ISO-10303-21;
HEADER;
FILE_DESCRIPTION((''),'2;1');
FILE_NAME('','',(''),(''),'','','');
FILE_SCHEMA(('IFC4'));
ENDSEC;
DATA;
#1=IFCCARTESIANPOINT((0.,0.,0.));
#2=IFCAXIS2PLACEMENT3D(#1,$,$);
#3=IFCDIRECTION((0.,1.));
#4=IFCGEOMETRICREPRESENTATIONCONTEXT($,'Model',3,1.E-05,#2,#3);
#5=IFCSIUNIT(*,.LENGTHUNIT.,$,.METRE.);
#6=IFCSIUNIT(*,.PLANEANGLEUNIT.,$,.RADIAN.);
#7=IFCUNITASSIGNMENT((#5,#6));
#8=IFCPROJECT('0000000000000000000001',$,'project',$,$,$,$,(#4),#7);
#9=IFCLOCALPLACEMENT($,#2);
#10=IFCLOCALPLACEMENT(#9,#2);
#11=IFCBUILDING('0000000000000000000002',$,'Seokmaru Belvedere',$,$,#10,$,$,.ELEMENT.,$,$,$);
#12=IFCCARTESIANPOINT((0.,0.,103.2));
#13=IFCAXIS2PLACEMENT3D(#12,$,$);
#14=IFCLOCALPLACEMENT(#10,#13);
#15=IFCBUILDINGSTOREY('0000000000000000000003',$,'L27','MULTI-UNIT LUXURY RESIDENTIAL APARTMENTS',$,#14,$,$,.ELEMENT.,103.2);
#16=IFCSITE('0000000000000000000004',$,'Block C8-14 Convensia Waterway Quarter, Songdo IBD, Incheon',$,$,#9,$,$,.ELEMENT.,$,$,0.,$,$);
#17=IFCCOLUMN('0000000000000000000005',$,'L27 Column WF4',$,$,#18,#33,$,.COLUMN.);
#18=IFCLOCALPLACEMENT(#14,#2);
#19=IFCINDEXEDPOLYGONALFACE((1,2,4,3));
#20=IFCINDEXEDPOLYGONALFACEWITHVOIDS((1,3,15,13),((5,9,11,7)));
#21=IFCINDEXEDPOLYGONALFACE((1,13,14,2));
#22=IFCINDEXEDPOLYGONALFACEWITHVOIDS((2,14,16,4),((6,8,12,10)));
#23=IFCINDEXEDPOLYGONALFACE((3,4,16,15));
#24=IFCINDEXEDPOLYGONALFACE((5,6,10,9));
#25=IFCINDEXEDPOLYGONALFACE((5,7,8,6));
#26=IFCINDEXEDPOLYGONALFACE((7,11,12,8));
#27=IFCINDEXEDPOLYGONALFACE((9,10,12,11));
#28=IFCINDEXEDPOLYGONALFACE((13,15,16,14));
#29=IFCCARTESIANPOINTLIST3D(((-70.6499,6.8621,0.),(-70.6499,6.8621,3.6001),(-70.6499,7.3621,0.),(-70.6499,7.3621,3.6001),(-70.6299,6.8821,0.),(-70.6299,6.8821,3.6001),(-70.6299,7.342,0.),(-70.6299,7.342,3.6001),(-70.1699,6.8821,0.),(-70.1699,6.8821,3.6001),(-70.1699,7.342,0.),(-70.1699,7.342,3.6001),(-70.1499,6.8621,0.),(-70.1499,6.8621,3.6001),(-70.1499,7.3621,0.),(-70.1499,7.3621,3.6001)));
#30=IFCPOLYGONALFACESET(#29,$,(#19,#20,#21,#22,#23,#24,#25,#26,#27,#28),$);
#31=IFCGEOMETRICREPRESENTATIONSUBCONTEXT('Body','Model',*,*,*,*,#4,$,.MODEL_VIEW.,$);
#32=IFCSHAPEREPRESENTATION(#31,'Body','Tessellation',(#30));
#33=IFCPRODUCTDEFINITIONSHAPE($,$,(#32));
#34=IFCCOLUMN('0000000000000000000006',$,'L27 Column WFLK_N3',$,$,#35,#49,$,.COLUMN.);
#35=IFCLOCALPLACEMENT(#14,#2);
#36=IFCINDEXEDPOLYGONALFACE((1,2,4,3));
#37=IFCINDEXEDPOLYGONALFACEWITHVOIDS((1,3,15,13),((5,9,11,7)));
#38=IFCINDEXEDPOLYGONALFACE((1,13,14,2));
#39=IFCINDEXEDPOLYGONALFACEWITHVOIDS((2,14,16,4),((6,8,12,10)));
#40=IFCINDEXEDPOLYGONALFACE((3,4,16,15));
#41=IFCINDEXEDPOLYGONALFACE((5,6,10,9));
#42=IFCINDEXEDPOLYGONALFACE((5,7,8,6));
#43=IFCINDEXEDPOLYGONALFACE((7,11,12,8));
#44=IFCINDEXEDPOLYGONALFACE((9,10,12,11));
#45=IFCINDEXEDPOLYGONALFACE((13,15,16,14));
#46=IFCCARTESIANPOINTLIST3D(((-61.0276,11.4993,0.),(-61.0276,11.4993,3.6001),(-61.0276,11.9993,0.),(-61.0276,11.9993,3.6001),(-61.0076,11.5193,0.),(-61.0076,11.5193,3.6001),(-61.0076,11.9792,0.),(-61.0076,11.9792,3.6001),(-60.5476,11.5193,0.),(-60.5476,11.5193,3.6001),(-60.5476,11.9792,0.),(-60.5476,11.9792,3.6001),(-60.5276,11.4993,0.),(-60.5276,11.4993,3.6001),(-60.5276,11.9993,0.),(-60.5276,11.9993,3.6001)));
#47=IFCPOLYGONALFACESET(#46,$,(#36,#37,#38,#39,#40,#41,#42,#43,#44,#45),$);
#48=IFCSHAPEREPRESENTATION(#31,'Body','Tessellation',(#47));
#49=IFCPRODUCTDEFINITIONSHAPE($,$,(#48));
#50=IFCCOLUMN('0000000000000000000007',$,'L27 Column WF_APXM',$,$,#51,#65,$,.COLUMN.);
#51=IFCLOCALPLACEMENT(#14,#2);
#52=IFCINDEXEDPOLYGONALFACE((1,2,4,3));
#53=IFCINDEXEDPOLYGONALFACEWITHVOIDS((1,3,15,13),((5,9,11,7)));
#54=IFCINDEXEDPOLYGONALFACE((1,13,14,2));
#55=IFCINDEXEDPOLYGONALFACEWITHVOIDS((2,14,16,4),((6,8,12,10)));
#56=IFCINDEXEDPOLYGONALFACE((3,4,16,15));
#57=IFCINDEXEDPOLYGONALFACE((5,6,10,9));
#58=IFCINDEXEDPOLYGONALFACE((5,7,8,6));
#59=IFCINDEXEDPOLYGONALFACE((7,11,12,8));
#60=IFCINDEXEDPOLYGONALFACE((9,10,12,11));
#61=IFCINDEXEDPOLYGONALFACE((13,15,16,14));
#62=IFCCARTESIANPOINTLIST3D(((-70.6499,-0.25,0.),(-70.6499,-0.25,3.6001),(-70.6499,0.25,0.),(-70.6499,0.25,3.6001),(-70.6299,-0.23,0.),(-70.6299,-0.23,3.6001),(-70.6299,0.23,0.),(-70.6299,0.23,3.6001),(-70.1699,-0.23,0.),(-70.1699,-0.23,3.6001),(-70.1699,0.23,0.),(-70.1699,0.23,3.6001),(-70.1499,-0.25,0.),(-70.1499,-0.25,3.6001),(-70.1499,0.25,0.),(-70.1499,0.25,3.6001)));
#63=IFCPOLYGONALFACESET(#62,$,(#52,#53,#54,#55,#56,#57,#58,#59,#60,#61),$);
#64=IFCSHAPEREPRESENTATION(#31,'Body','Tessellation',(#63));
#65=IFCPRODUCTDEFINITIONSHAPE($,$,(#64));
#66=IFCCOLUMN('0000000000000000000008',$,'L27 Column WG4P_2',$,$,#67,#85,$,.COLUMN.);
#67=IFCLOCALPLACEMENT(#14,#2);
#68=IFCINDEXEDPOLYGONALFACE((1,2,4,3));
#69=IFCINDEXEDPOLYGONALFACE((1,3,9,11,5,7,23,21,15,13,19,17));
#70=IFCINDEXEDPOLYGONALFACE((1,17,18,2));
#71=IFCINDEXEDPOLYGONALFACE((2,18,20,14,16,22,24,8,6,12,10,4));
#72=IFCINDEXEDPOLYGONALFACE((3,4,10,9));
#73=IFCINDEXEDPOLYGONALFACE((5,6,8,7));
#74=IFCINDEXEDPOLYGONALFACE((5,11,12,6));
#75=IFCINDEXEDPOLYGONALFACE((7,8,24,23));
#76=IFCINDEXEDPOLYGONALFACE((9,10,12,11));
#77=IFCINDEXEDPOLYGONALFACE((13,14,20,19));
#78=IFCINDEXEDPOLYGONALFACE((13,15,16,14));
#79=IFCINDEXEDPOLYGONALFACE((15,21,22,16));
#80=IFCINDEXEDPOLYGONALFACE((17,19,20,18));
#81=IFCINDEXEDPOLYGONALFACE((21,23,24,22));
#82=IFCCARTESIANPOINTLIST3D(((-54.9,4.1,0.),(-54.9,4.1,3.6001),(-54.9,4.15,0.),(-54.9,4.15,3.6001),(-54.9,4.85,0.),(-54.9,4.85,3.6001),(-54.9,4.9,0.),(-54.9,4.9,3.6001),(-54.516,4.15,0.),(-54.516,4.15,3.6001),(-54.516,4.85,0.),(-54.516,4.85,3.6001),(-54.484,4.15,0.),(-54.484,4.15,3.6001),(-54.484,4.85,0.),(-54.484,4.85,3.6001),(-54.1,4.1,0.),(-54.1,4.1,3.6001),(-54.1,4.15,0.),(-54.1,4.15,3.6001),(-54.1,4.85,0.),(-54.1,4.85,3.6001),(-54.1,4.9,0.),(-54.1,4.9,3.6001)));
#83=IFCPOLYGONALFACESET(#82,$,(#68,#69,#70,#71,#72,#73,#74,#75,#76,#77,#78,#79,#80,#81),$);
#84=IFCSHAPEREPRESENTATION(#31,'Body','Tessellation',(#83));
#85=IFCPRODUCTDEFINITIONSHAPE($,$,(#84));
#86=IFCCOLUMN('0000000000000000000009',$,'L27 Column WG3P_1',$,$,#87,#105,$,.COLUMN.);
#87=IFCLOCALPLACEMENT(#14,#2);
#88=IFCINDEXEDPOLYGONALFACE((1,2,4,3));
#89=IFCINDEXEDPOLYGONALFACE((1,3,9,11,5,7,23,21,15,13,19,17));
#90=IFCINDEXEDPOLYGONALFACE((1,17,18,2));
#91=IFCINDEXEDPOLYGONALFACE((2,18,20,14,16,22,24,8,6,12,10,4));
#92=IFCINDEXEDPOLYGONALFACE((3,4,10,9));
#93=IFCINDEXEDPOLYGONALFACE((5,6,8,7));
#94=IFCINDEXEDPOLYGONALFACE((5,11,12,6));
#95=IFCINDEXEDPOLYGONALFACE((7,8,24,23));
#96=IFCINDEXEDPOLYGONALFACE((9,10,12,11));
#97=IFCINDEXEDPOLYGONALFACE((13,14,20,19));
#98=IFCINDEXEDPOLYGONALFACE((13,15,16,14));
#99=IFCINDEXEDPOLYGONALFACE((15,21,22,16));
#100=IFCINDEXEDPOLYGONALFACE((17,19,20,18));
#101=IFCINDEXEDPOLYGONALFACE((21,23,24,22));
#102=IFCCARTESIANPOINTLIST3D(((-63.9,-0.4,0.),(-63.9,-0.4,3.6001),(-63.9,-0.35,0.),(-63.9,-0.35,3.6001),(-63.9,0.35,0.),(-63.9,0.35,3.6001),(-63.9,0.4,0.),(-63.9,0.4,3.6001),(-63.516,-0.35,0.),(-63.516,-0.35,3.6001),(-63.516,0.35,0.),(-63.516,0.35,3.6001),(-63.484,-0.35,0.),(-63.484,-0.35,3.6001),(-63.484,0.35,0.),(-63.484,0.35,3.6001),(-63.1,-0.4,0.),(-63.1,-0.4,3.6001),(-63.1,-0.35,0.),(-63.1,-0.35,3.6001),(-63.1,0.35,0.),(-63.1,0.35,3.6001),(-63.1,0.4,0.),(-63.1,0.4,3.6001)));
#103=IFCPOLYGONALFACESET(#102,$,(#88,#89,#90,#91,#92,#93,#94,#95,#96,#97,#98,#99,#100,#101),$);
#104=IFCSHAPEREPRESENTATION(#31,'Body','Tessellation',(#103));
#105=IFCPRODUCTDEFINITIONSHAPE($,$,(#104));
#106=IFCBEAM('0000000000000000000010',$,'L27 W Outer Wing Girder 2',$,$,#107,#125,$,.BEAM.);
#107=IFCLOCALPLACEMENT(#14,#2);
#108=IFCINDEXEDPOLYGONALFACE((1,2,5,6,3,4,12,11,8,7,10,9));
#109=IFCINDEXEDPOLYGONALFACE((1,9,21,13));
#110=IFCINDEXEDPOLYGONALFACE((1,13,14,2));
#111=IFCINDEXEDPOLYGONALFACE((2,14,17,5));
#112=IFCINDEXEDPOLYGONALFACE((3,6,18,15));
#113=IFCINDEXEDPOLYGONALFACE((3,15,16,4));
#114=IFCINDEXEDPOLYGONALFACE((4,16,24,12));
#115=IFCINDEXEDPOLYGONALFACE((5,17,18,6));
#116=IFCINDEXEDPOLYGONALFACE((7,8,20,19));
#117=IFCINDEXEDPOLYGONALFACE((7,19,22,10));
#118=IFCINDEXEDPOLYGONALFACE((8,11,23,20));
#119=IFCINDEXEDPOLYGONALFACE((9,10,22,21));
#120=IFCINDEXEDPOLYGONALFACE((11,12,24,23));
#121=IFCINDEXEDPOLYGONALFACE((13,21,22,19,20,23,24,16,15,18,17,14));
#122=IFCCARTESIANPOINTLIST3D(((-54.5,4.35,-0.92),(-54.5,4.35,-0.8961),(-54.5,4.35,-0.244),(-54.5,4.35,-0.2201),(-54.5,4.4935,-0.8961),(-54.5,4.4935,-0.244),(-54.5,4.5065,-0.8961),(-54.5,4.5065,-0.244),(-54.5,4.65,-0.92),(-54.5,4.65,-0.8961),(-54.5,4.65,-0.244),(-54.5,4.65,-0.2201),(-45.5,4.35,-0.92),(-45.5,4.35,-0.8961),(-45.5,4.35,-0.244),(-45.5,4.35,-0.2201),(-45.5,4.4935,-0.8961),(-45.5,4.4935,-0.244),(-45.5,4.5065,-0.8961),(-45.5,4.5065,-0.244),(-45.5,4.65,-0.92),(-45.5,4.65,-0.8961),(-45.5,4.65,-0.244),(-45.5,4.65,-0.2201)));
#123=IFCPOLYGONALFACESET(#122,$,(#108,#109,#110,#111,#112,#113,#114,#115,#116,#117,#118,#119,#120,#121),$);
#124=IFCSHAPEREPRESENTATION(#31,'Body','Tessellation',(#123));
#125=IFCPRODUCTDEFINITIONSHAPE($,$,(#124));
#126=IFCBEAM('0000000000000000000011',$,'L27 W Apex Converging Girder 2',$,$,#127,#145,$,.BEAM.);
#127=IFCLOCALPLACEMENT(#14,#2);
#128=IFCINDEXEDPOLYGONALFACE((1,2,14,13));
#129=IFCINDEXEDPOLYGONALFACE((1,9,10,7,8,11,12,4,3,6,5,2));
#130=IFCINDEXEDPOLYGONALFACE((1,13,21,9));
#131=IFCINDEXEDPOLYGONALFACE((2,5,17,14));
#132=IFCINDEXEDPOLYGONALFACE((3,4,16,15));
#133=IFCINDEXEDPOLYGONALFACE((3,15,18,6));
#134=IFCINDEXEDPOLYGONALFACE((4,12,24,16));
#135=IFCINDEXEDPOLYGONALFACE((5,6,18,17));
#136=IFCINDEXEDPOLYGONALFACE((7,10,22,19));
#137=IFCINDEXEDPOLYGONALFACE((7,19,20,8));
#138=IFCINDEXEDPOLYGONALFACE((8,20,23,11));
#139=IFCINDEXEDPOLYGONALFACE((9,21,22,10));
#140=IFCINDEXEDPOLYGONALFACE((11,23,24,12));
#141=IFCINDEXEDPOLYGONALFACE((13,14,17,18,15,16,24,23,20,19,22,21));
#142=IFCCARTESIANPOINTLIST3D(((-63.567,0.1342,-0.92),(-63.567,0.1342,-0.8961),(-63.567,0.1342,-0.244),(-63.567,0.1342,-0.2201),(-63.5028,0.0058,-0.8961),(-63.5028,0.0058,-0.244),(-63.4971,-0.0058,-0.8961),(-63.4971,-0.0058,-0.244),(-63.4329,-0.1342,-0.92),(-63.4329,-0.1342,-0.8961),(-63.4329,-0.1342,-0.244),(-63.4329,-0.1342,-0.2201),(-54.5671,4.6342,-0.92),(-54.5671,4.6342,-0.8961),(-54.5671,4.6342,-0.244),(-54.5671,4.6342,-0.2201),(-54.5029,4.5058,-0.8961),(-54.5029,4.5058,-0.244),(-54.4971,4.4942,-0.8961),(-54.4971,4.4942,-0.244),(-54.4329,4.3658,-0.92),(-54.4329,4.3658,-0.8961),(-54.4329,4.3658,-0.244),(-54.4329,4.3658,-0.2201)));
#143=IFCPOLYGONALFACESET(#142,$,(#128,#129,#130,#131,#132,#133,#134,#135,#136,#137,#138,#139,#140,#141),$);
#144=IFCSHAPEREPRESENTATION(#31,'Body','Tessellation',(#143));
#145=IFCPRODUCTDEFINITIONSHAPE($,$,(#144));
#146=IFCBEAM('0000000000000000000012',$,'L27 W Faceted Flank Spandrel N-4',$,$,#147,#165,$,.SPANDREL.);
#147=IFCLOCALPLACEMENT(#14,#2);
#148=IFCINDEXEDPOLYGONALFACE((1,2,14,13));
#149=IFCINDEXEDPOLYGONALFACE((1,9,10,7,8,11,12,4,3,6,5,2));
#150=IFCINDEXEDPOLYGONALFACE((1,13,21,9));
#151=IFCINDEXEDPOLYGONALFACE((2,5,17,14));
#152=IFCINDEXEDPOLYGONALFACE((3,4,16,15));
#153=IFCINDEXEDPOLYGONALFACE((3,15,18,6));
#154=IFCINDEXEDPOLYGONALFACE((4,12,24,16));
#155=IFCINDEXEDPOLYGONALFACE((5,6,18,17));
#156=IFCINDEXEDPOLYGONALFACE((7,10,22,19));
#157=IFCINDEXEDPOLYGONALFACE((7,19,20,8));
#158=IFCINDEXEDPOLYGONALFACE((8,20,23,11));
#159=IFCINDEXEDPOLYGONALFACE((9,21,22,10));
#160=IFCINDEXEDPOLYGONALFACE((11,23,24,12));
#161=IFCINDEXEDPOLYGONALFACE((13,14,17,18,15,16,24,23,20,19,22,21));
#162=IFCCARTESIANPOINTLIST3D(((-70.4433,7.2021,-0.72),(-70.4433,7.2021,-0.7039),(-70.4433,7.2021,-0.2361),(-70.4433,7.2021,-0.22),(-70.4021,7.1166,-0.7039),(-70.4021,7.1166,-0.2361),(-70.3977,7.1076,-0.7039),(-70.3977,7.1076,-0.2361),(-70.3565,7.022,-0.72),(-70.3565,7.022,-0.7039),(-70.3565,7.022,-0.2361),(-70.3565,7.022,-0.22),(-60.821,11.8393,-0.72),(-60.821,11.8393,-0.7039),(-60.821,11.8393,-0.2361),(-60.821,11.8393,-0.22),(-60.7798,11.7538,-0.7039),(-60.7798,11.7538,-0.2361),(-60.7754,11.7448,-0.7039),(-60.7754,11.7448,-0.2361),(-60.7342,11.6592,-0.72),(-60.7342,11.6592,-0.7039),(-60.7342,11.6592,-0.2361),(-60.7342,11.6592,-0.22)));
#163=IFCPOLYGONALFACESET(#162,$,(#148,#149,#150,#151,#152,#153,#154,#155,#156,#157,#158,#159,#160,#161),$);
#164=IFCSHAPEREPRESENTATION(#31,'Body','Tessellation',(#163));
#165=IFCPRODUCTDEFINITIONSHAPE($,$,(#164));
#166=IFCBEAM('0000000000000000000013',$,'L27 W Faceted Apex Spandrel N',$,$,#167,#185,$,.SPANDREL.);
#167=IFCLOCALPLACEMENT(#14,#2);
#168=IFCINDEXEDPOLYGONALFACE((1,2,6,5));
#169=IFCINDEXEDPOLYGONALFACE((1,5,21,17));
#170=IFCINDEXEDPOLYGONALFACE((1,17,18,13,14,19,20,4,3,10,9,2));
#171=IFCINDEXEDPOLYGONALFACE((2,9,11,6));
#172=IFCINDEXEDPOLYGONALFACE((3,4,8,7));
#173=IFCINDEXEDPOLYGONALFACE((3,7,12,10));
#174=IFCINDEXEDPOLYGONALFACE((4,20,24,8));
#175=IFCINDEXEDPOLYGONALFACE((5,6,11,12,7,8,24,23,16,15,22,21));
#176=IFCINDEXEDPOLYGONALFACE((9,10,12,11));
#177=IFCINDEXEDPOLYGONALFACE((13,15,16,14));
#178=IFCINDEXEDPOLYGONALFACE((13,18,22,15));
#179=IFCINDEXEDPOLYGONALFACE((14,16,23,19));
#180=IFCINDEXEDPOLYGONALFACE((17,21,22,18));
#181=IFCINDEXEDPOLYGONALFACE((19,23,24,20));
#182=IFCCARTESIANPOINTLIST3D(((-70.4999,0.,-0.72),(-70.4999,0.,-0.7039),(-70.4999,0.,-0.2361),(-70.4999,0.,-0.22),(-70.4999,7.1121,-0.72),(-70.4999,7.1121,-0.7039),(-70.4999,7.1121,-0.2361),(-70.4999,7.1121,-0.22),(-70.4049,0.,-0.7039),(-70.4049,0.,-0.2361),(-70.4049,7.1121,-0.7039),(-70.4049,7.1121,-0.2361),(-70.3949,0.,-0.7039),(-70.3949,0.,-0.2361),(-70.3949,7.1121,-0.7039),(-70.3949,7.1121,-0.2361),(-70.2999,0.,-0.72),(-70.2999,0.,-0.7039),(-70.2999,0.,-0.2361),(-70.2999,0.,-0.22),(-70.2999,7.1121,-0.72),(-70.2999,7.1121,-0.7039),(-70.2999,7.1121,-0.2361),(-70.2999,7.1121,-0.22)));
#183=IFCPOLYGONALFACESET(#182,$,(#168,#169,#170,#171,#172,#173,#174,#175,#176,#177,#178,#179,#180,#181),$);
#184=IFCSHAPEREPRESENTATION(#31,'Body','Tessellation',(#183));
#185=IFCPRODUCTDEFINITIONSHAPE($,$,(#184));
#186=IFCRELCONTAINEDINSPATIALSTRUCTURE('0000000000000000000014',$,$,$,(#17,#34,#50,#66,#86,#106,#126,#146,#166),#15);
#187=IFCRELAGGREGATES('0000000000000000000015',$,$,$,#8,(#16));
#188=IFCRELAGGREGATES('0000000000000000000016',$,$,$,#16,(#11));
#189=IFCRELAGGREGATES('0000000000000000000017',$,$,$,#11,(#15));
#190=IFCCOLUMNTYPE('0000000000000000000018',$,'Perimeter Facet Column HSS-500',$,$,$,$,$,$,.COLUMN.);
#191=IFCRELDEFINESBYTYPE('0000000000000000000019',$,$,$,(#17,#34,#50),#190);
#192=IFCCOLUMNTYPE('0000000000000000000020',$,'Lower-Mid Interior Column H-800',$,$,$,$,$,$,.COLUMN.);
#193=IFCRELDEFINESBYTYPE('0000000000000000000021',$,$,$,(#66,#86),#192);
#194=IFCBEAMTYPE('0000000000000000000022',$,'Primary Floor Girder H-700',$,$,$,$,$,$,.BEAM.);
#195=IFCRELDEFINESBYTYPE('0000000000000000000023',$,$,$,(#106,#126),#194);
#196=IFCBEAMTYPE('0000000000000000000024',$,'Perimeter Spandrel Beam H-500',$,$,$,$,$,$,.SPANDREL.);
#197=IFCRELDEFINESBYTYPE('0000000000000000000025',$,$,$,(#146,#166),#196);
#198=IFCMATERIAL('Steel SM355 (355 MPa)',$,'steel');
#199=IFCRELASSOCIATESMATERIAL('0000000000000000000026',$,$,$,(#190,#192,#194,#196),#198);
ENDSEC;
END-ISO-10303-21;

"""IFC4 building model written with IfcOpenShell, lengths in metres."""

from ifc_helpers import new_model, si_unit, direction, frame, origin, origin_2d, place, context, subcontext, project, spatial, hollow_rectangle, i_section, extrude, source, transform, mapped, material, material_profile, profile_set, type_object, type_shapes, element, save


model = new_model("IFC4")

# Units and contexts
model_context = context("Model", 3, precision=1e-05, world=origin(), true_north=direction((0.0, 1.0)))
body_context = subcontext(model_context, "Body", "Model", "MODEL_VIEW")
ifc_project = project(units=[si_unit("LENGTHUNIT", "METRE"), si_unit("PLANEANGLEUNIT", "RADIAN")], contexts=[model_context])

# Site, building, storey
site_placement = place(None, origin())
site = spatial("IfcSite", under=ifc_project, at=site_placement, Name="Block C8-14 Convensia Waterway Quarter, Songdo IBD, Incheon", CompositionType="ELEMENT", RefElevation=0.0)
building_placement = place(site_placement, origin())
building = spatial("IfcBuilding", under=site, at=building_placement, Name="Seokmaru Belvedere", CompositionType="ELEMENT")
storey_placement = place(building_placement, frame((0.0, 0.0, 103.2)))
storey = spatial("IfcBuildingStorey", under=building, at=storey_placement, Name="L27", Description="MULTI-UNIT LUXURY RESIDENTIAL APARTMENTS", CompositionType="ELEMENT", Elevation=103.2)

# Columns
ifc_material_1 = material(Name="Steel SM355 (355 MPa)", Category="steel")
ifc_material_profile_1 = material_profile(ifc_material_1, hollow_rectangle(XDim=0.5, YDim=0.5, WallThickness=0.02, at=origin_2d()), Name="HSS-500x500x20")
ifc_profile_set_1 = profile_set([ifc_material_profile_1], Name="Steel SM355 (355 MPa)")
column_type_1 = type_object("IfcColumnType", Name="Perimeter Facet Column HSS-500", PredefinedType="COLUMN", material=ifc_profile_set_1)
shared_shape_1 = source(origin(), body_context, "Body", "SweptSolid", [
    extrude(hollow_rectangle(XDim=0.5, YDim=0.5, WallThickness=0.02, at=origin_2d()), origin(), (0.0, 0.0, 1.0), 3.6001),
])
type_shapes(column_type_1, [shared_shape_1])
for number, where, z_axis, x_axis, name in (
    (1, (-70.3999, 7.1121, 0.0), (0.0, 0.0, 1.0), (1.0, 0.0, 0.0), "L27 Column WF4"),
    (2, (-60.7776, 11.7493, 0.0), (0.0, 0.0, 1.0), (1.0, 0.0, 0.0), "L27 Column WFLK_N3"),
    (3, (-70.3999, 0.0, 0.0), (0.0, 0.0, 1.0), (1.0, 0.0, 0.0), "L27 Column WF_APXM"),
):
    element("IfcColumn", number, at=place(storey_placement, frame(where, z_axis=z_axis, x_axis=x_axis)), inside=storey, type_object=column_type_1, Name=name, PredefinedType="COLUMN", context=body_context, shape_type="MappedRepresentation", body=[
        mapped(shared_shape_1, transform((0.0, 0.0, 0.0), scale=1.0)),
    ])
ifc_material_profile_2 = material_profile(ifc_material_1, i_section(OverallWidth=0.8, OverallDepth=0.8, WebThickness=0.032, FlangeThickness=0.05, at=origin_2d()), Name="H-800x800x32x50")
ifc_profile_set_2 = profile_set([ifc_material_profile_2], Name="Steel SM355 (355 MPa)")
column_type_2 = type_object("IfcColumnType", Name="Lower-Mid Interior Column H-800", PredefinedType="COLUMN", material=ifc_profile_set_2)
shared_shape_2 = source(origin(), body_context, "Body", "SweptSolid", [
    extrude(i_section(OverallWidth=0.8, OverallDepth=0.8, WebThickness=0.032, FlangeThickness=0.05, at=origin_2d()), origin(), (0.0, 0.0, 1.0), 3.6001),
])
type_shapes(column_type_2, [shared_shape_2])
for number, where, z_axis, x_axis, name in (
    (4, (-54.5, 4.5, 0.0), (0.0, 0.0, 1.0), (1.0, 0.0, 0.0), "L27 Column WG4P_2"),
    (5, (-63.5, 0.0, 0.0), (0.0, 0.0, 1.0), (1.0, 0.0, 0.0), "L27 Column WG3P_1"),
):
    element("IfcColumn", number, at=place(storey_placement, frame(where, z_axis=z_axis, x_axis=x_axis)), inside=storey, type_object=column_type_2, Name=name, PredefinedType="COLUMN", context=body_context, shape_type="MappedRepresentation", body=[
        mapped(shared_shape_2, transform((0.0, 0.0, 0.0), scale=1.0)),
    ])

# Beams
ifc_material_profile_3 = material_profile(ifc_material_1, i_section(OverallWidth=0.3, OverallDepth=0.7, WebThickness=0.0129, FlangeThickness=0.0239, at=origin_2d()), Name="H-700x300x13x24")
ifc_profile_set_3 = profile_set([ifc_material_profile_3], Name="Steel SM355 (355 MPa)")
beam_type_1 = type_object("IfcBeamType", Name="Primary Floor Girder H-700", PredefinedType="BEAM", material=ifc_profile_set_3)
shared_shape_3 = source(origin(), body_context, "Body", "SweptSolid", [
    extrude(i_section(OverallWidth=0.3, OverallDepth=0.7, WebThickness=0.0129, FlangeThickness=0.0239, at=origin_2d()), origin(), (0.0, 0.0, 1.0), 9.0),
])
beam_1_placement = place(storey_placement, frame((-54.5, 4.5, -0.5701), z_axis=(1.0, 0.0, 0.0), x_axis=(0.0, 1.0, 0.0)))
element("IfcBeam", 6, at=beam_1_placement, inside=storey, type_object=beam_type_1, Name="L27 W Outer Wing Girder 2", PredefinedType="BEAM", context=body_context, shape_type="MappedRepresentation", body=[
    mapped(shared_shape_3, transform((0.0, 0.0, 0.0), scale=1.0)),
])
shared_shape_4 = source(origin(), body_context, "Body", "SweptSolid", [
    extrude(i_section(OverallWidth=0.3, OverallDepth=0.7, WebThickness=0.0129, FlangeThickness=0.0239, at=origin_2d()), origin(), (0.0, 0.0, 1.0), 10.0623),
])
beam_2_placement = place(storey_placement, frame((-54.5, 4.5, -0.5701), z_axis=(-0.894427, -0.447214, 0.0), x_axis=(0.447214, -0.894427, 0.0)))
element("IfcBeam", 7, at=beam_2_placement, inside=storey, type_object=beam_type_1, Name="L27 W Apex Converging Girder 2", PredefinedType="BEAM", context=body_context, shape_type="MappedRepresentation", body=[
    mapped(shared_shape_4, transform((0.0, 0.0, 0.0), scale=1.0)),
])
ifc_material_profile_4 = material_profile(ifc_material_1, i_section(OverallWidth=0.2, OverallDepth=0.5, WebThickness=0.01, FlangeThickness=0.0161, at=origin_2d()), Name="H-500x200x10x16")
ifc_profile_set_4 = profile_set([ifc_material_profile_4], Name="Steel SM355 (355 MPa)")
beam_type_2 = type_object("IfcBeamType", Name="Perimeter Spandrel Beam H-500", PredefinedType="SPANDREL", material=ifc_profile_set_4)
shared_shape_5 = source(origin(), body_context, "Body", "SweptSolid", [
    extrude(i_section(OverallWidth=0.2, OverallDepth=0.5, WebThickness=0.01, FlangeThickness=0.0161, at=origin_2d()), origin(), (0.0, 0.0, 1.0), 10.6814),
])
beam_3_placement = place(storey_placement, frame((-60.7776, 11.7493, -0.47), z_axis=(-0.900846, -0.434138, 0.0), x_axis=(0.434138, -0.900846, 0.0)))
element("IfcBeam", 8, at=beam_3_placement, inside=storey, type_object=beam_type_2, Name="L27 W Faceted Flank Spandrel N-4", PredefinedType="SPANDREL", context=body_context, shape_type="MappedRepresentation", body=[
    mapped(shared_shape_5, transform((0.0, 0.0, 0.0), scale=1.0)),
])
shared_shape_6 = source(origin(), body_context, "Body", "SweptSolid", [
    extrude(i_section(OverallWidth=0.2, OverallDepth=0.5, WebThickness=0.01, FlangeThickness=0.0161, at=origin_2d()), origin(), (0.0, 0.0, 1.0), 7.1121),
])
type_shapes(beam_type_2, [shared_shape_5, shared_shape_6])
beam_4_placement = place(storey_placement, frame((-70.3999, 0.0, -0.47), z_axis=(0.0, 1.0, 0.0), x_axis=(-1.0, 0.0, 0.0)))
element("IfcBeam", 9, at=beam_4_placement, inside=storey, type_object=beam_type_2, Name="L27 W Faceted Apex Spandrel N", PredefinedType="SPANDREL", context=body_context, shape_type="MappedRepresentation", body=[
    mapped(shared_shape_6, transform((0.0, 0.0, 0.0), scale=1.0)),
])

save(model, "model.ifc")
